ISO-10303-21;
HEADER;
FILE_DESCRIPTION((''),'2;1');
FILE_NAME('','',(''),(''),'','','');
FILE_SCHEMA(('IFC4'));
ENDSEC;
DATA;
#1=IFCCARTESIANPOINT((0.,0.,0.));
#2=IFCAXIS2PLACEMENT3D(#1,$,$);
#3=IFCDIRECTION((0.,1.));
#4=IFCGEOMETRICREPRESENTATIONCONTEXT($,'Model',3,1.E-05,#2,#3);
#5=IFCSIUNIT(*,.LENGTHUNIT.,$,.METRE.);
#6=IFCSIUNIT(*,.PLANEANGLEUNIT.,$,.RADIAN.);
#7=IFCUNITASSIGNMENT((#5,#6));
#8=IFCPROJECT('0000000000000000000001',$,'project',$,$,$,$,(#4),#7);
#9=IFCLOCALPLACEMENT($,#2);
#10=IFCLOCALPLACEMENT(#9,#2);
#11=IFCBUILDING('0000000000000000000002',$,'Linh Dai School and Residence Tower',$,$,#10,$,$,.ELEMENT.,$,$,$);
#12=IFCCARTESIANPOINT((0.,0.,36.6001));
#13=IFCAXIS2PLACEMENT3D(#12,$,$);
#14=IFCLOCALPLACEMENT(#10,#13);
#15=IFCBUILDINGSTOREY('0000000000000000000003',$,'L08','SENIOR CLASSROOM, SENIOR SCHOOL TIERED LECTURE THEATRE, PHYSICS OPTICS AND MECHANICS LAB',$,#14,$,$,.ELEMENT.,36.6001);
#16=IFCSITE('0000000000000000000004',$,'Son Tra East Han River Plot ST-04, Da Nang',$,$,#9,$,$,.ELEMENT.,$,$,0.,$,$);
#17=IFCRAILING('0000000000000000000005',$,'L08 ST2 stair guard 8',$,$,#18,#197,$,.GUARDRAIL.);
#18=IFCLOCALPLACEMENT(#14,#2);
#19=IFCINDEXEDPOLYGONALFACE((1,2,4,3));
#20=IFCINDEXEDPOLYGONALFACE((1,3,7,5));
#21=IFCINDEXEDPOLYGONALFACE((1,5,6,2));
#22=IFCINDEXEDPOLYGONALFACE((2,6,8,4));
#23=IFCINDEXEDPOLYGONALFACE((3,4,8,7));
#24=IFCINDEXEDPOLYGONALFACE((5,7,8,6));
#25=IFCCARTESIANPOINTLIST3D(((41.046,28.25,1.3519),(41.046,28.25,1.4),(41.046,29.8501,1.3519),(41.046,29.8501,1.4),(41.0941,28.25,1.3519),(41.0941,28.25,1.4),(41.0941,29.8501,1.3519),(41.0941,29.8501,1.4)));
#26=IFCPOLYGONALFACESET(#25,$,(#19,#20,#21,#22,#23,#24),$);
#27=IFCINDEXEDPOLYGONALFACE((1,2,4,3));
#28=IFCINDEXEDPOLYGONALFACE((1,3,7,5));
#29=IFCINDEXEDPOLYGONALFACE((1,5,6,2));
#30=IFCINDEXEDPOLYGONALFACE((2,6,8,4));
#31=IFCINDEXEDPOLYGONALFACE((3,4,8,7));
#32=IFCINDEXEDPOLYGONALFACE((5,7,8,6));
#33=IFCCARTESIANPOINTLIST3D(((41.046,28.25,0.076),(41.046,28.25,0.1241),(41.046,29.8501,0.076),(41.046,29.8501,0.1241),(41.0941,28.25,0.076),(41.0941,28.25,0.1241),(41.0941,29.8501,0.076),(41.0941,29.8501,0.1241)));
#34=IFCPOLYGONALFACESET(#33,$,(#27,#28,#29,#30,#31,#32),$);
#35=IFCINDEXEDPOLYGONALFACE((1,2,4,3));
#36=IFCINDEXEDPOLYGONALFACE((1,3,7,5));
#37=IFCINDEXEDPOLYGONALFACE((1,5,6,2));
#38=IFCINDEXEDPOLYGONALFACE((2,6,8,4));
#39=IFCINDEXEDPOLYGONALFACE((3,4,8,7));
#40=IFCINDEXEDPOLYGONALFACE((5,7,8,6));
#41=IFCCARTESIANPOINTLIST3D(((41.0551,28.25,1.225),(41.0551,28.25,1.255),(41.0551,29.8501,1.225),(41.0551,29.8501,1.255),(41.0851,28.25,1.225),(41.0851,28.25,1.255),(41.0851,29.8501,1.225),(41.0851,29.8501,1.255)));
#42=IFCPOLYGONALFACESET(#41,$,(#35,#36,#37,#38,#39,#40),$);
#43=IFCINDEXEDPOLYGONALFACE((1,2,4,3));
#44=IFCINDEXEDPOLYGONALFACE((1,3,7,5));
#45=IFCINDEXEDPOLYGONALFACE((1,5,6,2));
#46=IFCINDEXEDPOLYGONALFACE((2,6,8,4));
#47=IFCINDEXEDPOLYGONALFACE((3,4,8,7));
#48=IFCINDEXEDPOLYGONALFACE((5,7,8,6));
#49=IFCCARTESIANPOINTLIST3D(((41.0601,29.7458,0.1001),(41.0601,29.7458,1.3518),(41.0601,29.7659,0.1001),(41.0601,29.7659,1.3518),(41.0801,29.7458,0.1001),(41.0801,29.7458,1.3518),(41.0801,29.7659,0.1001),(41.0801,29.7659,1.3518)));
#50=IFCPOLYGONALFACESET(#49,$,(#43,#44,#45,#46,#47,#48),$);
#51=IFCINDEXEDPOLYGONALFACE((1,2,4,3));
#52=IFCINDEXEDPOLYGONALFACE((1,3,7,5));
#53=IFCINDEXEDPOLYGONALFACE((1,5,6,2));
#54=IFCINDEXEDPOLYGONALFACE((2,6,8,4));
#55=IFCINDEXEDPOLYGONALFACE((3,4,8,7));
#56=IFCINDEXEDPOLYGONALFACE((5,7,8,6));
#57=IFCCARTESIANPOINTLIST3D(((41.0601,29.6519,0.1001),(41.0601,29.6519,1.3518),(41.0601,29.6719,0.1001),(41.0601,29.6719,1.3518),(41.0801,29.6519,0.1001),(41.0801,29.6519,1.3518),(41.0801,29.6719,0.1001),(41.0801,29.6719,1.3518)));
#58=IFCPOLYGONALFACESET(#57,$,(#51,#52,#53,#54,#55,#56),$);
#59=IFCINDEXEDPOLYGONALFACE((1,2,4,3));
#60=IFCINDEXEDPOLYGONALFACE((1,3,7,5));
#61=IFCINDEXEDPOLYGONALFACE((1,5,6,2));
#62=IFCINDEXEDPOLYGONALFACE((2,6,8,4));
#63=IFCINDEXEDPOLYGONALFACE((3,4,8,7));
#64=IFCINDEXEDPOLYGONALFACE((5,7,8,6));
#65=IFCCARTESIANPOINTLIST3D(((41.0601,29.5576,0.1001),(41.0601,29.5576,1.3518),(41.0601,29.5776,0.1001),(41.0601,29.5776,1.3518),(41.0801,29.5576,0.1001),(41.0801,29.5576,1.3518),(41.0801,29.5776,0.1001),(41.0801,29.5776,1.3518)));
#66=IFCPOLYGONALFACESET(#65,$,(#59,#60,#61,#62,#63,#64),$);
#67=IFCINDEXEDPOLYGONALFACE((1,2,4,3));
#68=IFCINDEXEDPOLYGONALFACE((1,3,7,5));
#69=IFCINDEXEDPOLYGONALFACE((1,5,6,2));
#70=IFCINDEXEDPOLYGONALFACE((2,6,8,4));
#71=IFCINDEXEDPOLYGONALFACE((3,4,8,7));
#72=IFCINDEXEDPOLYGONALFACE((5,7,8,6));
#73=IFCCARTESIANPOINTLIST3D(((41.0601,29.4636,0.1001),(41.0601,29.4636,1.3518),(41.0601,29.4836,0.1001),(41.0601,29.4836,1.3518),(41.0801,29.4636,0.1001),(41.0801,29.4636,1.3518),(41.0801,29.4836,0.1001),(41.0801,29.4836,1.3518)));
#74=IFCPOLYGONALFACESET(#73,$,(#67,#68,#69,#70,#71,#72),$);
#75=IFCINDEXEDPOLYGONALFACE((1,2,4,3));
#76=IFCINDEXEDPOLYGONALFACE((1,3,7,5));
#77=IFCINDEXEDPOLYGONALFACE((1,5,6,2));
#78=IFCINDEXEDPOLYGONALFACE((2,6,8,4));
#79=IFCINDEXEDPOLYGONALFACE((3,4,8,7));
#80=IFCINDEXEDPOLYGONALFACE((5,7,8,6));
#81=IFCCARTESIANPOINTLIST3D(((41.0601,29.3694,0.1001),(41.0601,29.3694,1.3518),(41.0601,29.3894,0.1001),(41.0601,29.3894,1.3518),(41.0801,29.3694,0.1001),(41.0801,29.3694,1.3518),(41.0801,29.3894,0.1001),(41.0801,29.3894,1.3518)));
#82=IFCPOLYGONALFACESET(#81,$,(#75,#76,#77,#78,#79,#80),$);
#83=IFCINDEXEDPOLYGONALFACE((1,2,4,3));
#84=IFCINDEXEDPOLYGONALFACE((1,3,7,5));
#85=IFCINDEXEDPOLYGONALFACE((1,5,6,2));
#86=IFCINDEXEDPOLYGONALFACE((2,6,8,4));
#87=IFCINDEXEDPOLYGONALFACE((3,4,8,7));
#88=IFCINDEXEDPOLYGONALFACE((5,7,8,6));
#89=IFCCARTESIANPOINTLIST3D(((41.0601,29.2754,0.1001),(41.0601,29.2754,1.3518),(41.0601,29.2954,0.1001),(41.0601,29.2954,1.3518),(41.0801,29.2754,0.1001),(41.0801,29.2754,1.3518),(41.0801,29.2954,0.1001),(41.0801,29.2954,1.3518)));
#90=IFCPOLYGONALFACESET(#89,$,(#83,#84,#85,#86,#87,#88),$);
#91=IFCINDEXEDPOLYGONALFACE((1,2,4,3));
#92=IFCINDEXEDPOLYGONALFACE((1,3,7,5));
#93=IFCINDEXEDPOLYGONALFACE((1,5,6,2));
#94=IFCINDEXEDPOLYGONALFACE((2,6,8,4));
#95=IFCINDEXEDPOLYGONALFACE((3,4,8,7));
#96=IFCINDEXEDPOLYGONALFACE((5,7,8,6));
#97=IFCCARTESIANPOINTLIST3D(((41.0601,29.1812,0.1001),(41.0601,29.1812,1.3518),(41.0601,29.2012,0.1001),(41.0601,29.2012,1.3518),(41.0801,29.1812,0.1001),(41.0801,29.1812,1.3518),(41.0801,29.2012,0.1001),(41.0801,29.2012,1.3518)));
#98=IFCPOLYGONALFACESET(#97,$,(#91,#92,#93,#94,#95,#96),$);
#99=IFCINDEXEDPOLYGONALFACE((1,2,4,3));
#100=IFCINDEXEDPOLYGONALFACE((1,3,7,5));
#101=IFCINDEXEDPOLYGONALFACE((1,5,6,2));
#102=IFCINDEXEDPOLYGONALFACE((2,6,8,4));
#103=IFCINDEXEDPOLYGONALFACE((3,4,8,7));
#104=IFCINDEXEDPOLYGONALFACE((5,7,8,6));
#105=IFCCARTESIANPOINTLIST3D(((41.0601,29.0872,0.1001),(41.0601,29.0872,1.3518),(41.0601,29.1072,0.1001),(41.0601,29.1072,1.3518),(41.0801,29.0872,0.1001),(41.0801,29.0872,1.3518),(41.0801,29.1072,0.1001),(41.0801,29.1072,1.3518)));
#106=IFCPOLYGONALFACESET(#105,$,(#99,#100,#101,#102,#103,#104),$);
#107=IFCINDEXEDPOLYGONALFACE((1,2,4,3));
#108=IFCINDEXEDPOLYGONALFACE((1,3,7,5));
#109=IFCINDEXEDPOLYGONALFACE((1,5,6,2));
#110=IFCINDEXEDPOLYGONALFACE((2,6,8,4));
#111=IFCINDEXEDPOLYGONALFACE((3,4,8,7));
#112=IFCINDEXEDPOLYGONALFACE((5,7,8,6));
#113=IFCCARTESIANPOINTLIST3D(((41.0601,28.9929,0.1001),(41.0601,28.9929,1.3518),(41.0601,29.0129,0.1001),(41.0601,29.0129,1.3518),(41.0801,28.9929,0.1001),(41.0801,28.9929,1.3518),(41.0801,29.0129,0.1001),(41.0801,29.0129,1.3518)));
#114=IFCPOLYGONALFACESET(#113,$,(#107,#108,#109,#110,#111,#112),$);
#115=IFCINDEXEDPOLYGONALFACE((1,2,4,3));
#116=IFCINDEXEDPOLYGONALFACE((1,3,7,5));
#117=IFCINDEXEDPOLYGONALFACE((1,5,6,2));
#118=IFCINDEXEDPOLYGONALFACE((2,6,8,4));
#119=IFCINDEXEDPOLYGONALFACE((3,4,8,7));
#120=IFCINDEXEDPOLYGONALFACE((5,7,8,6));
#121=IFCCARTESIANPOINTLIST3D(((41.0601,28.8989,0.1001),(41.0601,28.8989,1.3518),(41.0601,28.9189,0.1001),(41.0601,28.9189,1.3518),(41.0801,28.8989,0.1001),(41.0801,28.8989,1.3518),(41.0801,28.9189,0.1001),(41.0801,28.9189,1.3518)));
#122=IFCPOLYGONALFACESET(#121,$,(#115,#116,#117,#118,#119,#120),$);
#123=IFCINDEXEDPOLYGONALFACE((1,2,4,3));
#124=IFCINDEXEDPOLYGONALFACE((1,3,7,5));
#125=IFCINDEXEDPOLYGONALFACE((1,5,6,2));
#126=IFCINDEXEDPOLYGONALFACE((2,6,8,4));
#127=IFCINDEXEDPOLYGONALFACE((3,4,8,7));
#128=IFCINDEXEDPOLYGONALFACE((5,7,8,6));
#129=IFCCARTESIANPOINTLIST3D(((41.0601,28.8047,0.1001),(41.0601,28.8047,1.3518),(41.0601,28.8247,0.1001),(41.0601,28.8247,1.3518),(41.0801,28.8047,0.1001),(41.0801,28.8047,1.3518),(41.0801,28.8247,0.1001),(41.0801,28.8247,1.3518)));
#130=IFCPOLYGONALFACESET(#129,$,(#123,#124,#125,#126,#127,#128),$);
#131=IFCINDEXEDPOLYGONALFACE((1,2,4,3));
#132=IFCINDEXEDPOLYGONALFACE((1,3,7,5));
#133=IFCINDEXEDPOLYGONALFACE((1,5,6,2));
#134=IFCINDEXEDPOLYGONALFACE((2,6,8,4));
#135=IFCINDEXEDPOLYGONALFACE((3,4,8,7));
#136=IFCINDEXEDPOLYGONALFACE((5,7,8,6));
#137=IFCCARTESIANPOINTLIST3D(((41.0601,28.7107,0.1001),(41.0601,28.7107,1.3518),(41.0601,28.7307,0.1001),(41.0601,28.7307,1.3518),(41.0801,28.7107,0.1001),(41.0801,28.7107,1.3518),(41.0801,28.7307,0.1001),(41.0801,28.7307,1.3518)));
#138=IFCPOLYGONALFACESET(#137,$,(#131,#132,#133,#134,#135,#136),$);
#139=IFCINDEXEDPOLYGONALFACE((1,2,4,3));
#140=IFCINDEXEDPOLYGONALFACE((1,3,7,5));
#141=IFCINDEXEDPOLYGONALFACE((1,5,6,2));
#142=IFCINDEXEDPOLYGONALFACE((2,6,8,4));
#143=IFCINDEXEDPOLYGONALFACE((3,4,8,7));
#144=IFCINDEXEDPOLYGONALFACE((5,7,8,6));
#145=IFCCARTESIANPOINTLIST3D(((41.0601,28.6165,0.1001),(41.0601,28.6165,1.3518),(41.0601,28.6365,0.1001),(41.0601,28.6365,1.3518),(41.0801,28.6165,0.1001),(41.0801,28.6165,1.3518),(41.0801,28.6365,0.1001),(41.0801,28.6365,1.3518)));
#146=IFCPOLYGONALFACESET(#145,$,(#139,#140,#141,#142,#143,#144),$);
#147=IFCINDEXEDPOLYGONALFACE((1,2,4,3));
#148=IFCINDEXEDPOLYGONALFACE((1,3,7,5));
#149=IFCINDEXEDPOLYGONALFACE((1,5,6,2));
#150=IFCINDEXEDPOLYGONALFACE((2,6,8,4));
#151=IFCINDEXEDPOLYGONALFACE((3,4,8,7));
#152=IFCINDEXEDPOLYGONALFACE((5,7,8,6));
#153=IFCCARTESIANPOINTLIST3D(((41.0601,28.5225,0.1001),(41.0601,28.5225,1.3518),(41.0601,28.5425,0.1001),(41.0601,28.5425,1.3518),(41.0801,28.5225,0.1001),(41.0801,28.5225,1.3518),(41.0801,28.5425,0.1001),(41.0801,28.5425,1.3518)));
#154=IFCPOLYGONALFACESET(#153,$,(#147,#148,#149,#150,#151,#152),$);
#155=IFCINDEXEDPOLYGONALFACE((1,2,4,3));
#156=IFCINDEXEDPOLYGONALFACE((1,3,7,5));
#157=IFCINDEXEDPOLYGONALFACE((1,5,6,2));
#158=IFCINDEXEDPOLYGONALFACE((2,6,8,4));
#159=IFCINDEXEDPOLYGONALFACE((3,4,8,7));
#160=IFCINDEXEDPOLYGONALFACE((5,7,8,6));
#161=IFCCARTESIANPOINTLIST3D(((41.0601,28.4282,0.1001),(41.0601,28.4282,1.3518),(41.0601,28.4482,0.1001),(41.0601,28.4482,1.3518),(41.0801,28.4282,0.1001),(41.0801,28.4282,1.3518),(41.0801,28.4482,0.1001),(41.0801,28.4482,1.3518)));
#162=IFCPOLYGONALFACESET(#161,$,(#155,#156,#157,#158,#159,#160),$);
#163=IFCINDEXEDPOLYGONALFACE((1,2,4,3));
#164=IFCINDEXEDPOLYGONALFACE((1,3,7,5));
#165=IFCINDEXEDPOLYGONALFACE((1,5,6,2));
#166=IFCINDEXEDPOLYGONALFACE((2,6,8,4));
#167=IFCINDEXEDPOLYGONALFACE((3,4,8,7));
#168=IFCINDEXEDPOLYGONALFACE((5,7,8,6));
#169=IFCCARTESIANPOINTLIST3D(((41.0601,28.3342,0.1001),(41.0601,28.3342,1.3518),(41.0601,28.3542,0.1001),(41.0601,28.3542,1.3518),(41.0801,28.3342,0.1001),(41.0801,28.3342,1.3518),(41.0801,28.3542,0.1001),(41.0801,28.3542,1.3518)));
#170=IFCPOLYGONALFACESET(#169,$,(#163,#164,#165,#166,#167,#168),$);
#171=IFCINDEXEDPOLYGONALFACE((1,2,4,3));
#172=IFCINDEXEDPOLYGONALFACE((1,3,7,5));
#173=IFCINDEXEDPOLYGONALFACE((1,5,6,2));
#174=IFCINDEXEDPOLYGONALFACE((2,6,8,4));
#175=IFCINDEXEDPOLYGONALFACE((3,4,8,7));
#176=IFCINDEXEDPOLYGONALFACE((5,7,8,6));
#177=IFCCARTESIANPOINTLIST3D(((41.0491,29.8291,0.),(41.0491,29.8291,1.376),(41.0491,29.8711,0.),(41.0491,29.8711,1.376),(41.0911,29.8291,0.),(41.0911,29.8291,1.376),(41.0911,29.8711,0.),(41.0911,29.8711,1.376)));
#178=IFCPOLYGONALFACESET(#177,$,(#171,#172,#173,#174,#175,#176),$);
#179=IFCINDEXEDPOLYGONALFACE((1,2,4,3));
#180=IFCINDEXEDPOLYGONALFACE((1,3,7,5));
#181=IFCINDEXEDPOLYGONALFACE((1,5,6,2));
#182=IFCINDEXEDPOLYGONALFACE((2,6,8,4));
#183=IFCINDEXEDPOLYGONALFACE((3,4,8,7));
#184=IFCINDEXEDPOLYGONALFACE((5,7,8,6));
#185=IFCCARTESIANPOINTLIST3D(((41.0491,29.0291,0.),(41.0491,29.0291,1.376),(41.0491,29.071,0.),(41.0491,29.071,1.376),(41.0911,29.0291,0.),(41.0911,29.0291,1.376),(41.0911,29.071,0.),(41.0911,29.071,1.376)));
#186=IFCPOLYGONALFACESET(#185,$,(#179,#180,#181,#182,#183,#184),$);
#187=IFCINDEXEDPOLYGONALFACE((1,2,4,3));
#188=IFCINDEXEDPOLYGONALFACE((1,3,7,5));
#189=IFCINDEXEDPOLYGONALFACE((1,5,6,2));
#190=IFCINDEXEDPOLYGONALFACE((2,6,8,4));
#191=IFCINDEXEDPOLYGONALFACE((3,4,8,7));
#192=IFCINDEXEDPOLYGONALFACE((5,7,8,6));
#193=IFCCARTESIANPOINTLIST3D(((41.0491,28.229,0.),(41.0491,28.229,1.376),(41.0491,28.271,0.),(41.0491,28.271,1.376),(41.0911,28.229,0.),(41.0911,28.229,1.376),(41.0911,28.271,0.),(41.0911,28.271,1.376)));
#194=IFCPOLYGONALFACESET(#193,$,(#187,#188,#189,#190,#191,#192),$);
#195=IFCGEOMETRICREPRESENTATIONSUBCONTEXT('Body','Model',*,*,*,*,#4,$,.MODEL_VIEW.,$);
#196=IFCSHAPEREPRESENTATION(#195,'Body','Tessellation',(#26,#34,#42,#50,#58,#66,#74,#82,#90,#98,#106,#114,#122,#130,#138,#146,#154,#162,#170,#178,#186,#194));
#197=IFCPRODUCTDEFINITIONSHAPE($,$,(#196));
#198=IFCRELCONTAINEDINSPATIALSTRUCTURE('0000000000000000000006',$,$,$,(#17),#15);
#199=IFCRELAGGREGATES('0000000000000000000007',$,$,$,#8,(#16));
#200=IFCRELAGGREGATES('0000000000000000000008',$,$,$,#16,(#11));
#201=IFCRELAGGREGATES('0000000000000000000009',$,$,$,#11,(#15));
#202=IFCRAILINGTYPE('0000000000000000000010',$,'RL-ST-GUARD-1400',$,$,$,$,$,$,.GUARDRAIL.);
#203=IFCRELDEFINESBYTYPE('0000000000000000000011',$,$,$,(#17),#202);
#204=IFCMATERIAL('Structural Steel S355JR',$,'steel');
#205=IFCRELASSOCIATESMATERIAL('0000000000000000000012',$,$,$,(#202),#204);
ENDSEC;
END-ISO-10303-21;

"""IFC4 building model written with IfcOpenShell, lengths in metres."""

from ifc_helpers import new_model, si_unit, direction, frame, origin, origin_2d, place, context, subcontext, project, spatial, rectangle, extrude, source, transform, mapped, material, type_object, element, save


model = new_model("IFC4")

# Units and contexts
model_context = context("Model", 3, precision=1e-05, world=origin(), true_north=direction((0.0, 1.0)))
body_context = subcontext(model_context, "Body", "Model", "MODEL_VIEW")
ifc_project = project(units=[si_unit("LENGTHUNIT", "METRE"), si_unit("PLANEANGLEUNIT", "RADIAN")], contexts=[model_context])

# Site, building, storey
site_placement = place(None, origin())
site = spatial("IfcSite", under=ifc_project, at=site_placement, Name="Son Tra East Han River Plot ST-04, Da Nang", CompositionType="ELEMENT", RefElevation=0.0)
building_placement = place(site_placement, origin())
building = spatial("IfcBuilding", under=site, at=building_placement, Name="Linh Dai School and Residence Tower", CompositionType="ELEMENT")
storey_placement = place(building_placement, frame((0.0, 0.0, 36.6001)))
storey = spatial("IfcBuildingStorey", under=building, at=storey_placement, Name="L08", Description="SENIOR CLASSROOM, SENIOR SCHOOL TIERED LECTURE THEATRE, PHYSICS OPTICS AND MECHANICS LAB", CompositionType="ELEMENT", Elevation=36.6001)

# Shared definitions
ifc_material_1 = material(Name="Structural Steel S355JR", Category="steel")

# Railing
railing_type_1 = type_object("IfcRailingType", Name="RL-ST-GUARD-1400", PredefinedType="GUARDRAIL", material=ifc_material_1)
shared_shape_1 = source(origin(), body_context, "Body", "SweptSolid", [
    extrude(rectangle(XDim=0.0481, YDim=0.0481, at=origin_2d()), frame((0.0, 0.0, 1.376), z_axis=(0.0, -1.0, 0.0), x_axis=(1.0, 0.0, 0.0)), (0.0, 0.0, 1.0), 1.6001),
    extrude(rectangle(XDim=0.0481, YDim=0.0481, at=origin_2d()), frame((0.0, 0.0, 0.1001), z_axis=(0.0, -1.0, 0.0), x_axis=(1.0, 0.0, 0.0)), (0.0, 0.0, 1.0), 1.6001),
    extrude(rectangle(XDim=0.03, YDim=0.03, at=origin_2d()), frame((0.0, 0.0, 1.24), z_axis=(0.0, -1.0, 0.0), x_axis=(1.0, 0.0, 0.0)), (0.0, 0.0, 1.0), 1.6001),
    extrude(rectangle(XDim=0.02, YDim=0.02, at=origin_2d()), frame((0.0, -0.0942, 0.1001)), (0.0, 0.0, 1.0), 1.2517),
    extrude(rectangle(XDim=0.02, YDim=0.02, at=origin_2d()), frame((0.0, -0.1882, 0.1001)), (0.0, 0.0, 1.0), 1.2517),
    extrude(rectangle(XDim=0.02, YDim=0.02, at=origin_2d()), frame((0.0, -0.2825, 0.1001)), (0.0, 0.0, 1.0), 1.2517),
    extrude(rectangle(XDim=0.02, YDim=0.02, at=origin_2d()), frame((0.0, -0.3765, 0.1001)), (0.0, 0.0, 1.0), 1.2517),
    extrude(rectangle(XDim=0.02, YDim=0.02, at=origin_2d()), frame((0.0, -0.4707, 0.1001)), (0.0, 0.0, 1.0), 1.2517),
    extrude(rectangle(XDim=0.02, YDim=0.02, at=origin_2d()), frame((0.0, -0.5647, 0.1001)), (0.0, 0.0, 1.0), 1.2517),
    extrude(rectangle(XDim=0.02, YDim=0.02, at=origin_2d()), frame((0.0, -0.6589, 0.1001)), (0.0, 0.0, 1.0), 1.2517),
    extrude(rectangle(XDim=0.02, YDim=0.02, at=origin_2d()), frame((0.0, -0.7529, 0.1001)), (0.0, 0.0, 1.0), 1.2517),
    extrude(rectangle(XDim=0.02, YDim=0.02, at=origin_2d()), frame((0.0, -0.8472, 0.1001)), (0.0, 0.0, 1.0), 1.2517),
    extrude(rectangle(XDim=0.02, YDim=0.02, at=origin_2d()), frame((0.0, -0.9412, 0.1001)), (0.0, 0.0, 1.0), 1.2517),
    extrude(rectangle(XDim=0.02, YDim=0.02, at=origin_2d()), frame((0.0, -1.0354, 0.1001)), (0.0, 0.0, 1.0), 1.2517),
    extrude(rectangle(XDim=0.02, YDim=0.02, at=origin_2d()), frame((0.0, -1.1294, 0.1001)), (0.0, 0.0, 1.0), 1.2517),
    extrude(rectangle(XDim=0.02, YDim=0.02, at=origin_2d()), frame((0.0, -1.2236, 0.1001)), (0.0, 0.0, 1.0), 1.2517),
    extrude(rectangle(XDim=0.02, YDim=0.02, at=origin_2d()), frame((0.0, -1.3176, 0.1001)), (0.0, 0.0, 1.0), 1.2517),
    extrude(rectangle(XDim=0.02, YDim=0.02, at=origin_2d()), frame((0.0, -1.4119, 0.1001)), (0.0, 0.0, 1.0), 1.2517),
    extrude(rectangle(XDim=0.02, YDim=0.02, at=origin_2d()), frame((0.0, -1.5059, 0.1001)), (0.0, 0.0, 1.0), 1.2517),
    extrude(rectangle(XDim=0.042, YDim=0.042, at=origin_2d()), origin(), (0.0, 0.0, 1.0), 1.376),
    extrude(rectangle(XDim=0.042, YDim=0.042, at=origin_2d()), frame((0.0, -0.8, 0.0)), (0.0, 0.0, 1.0), 1.376),
    extrude(rectangle(XDim=0.042, YDim=0.042, at=origin_2d()), frame((0.0, -1.6001, 0.0)), (0.0, 0.0, 1.0), 1.376),
])
for number, where, name in (
    (1, (41.0701, 29.8501, 0.0), "L08 ST2 stair guard 8"),
):
    element("IfcRailing", number, at=place(storey_placement, frame(where)), inside=storey, type_object=railing_type_1, Name=name, PredefinedType="GUARDRAIL", context=body_context, shape_type="MappedRepresentation", body=[
        mapped(shared_shape_1, transform((0.0, 0.0, 0.0), x_axis=(1.0, 0.0, 0.0), y_axis=(0.0, 1.0, 0.0), z_axis=(0.0, 0.0, 1.0), scale=1.0)),
    ])

save(model, "model.ifc")
